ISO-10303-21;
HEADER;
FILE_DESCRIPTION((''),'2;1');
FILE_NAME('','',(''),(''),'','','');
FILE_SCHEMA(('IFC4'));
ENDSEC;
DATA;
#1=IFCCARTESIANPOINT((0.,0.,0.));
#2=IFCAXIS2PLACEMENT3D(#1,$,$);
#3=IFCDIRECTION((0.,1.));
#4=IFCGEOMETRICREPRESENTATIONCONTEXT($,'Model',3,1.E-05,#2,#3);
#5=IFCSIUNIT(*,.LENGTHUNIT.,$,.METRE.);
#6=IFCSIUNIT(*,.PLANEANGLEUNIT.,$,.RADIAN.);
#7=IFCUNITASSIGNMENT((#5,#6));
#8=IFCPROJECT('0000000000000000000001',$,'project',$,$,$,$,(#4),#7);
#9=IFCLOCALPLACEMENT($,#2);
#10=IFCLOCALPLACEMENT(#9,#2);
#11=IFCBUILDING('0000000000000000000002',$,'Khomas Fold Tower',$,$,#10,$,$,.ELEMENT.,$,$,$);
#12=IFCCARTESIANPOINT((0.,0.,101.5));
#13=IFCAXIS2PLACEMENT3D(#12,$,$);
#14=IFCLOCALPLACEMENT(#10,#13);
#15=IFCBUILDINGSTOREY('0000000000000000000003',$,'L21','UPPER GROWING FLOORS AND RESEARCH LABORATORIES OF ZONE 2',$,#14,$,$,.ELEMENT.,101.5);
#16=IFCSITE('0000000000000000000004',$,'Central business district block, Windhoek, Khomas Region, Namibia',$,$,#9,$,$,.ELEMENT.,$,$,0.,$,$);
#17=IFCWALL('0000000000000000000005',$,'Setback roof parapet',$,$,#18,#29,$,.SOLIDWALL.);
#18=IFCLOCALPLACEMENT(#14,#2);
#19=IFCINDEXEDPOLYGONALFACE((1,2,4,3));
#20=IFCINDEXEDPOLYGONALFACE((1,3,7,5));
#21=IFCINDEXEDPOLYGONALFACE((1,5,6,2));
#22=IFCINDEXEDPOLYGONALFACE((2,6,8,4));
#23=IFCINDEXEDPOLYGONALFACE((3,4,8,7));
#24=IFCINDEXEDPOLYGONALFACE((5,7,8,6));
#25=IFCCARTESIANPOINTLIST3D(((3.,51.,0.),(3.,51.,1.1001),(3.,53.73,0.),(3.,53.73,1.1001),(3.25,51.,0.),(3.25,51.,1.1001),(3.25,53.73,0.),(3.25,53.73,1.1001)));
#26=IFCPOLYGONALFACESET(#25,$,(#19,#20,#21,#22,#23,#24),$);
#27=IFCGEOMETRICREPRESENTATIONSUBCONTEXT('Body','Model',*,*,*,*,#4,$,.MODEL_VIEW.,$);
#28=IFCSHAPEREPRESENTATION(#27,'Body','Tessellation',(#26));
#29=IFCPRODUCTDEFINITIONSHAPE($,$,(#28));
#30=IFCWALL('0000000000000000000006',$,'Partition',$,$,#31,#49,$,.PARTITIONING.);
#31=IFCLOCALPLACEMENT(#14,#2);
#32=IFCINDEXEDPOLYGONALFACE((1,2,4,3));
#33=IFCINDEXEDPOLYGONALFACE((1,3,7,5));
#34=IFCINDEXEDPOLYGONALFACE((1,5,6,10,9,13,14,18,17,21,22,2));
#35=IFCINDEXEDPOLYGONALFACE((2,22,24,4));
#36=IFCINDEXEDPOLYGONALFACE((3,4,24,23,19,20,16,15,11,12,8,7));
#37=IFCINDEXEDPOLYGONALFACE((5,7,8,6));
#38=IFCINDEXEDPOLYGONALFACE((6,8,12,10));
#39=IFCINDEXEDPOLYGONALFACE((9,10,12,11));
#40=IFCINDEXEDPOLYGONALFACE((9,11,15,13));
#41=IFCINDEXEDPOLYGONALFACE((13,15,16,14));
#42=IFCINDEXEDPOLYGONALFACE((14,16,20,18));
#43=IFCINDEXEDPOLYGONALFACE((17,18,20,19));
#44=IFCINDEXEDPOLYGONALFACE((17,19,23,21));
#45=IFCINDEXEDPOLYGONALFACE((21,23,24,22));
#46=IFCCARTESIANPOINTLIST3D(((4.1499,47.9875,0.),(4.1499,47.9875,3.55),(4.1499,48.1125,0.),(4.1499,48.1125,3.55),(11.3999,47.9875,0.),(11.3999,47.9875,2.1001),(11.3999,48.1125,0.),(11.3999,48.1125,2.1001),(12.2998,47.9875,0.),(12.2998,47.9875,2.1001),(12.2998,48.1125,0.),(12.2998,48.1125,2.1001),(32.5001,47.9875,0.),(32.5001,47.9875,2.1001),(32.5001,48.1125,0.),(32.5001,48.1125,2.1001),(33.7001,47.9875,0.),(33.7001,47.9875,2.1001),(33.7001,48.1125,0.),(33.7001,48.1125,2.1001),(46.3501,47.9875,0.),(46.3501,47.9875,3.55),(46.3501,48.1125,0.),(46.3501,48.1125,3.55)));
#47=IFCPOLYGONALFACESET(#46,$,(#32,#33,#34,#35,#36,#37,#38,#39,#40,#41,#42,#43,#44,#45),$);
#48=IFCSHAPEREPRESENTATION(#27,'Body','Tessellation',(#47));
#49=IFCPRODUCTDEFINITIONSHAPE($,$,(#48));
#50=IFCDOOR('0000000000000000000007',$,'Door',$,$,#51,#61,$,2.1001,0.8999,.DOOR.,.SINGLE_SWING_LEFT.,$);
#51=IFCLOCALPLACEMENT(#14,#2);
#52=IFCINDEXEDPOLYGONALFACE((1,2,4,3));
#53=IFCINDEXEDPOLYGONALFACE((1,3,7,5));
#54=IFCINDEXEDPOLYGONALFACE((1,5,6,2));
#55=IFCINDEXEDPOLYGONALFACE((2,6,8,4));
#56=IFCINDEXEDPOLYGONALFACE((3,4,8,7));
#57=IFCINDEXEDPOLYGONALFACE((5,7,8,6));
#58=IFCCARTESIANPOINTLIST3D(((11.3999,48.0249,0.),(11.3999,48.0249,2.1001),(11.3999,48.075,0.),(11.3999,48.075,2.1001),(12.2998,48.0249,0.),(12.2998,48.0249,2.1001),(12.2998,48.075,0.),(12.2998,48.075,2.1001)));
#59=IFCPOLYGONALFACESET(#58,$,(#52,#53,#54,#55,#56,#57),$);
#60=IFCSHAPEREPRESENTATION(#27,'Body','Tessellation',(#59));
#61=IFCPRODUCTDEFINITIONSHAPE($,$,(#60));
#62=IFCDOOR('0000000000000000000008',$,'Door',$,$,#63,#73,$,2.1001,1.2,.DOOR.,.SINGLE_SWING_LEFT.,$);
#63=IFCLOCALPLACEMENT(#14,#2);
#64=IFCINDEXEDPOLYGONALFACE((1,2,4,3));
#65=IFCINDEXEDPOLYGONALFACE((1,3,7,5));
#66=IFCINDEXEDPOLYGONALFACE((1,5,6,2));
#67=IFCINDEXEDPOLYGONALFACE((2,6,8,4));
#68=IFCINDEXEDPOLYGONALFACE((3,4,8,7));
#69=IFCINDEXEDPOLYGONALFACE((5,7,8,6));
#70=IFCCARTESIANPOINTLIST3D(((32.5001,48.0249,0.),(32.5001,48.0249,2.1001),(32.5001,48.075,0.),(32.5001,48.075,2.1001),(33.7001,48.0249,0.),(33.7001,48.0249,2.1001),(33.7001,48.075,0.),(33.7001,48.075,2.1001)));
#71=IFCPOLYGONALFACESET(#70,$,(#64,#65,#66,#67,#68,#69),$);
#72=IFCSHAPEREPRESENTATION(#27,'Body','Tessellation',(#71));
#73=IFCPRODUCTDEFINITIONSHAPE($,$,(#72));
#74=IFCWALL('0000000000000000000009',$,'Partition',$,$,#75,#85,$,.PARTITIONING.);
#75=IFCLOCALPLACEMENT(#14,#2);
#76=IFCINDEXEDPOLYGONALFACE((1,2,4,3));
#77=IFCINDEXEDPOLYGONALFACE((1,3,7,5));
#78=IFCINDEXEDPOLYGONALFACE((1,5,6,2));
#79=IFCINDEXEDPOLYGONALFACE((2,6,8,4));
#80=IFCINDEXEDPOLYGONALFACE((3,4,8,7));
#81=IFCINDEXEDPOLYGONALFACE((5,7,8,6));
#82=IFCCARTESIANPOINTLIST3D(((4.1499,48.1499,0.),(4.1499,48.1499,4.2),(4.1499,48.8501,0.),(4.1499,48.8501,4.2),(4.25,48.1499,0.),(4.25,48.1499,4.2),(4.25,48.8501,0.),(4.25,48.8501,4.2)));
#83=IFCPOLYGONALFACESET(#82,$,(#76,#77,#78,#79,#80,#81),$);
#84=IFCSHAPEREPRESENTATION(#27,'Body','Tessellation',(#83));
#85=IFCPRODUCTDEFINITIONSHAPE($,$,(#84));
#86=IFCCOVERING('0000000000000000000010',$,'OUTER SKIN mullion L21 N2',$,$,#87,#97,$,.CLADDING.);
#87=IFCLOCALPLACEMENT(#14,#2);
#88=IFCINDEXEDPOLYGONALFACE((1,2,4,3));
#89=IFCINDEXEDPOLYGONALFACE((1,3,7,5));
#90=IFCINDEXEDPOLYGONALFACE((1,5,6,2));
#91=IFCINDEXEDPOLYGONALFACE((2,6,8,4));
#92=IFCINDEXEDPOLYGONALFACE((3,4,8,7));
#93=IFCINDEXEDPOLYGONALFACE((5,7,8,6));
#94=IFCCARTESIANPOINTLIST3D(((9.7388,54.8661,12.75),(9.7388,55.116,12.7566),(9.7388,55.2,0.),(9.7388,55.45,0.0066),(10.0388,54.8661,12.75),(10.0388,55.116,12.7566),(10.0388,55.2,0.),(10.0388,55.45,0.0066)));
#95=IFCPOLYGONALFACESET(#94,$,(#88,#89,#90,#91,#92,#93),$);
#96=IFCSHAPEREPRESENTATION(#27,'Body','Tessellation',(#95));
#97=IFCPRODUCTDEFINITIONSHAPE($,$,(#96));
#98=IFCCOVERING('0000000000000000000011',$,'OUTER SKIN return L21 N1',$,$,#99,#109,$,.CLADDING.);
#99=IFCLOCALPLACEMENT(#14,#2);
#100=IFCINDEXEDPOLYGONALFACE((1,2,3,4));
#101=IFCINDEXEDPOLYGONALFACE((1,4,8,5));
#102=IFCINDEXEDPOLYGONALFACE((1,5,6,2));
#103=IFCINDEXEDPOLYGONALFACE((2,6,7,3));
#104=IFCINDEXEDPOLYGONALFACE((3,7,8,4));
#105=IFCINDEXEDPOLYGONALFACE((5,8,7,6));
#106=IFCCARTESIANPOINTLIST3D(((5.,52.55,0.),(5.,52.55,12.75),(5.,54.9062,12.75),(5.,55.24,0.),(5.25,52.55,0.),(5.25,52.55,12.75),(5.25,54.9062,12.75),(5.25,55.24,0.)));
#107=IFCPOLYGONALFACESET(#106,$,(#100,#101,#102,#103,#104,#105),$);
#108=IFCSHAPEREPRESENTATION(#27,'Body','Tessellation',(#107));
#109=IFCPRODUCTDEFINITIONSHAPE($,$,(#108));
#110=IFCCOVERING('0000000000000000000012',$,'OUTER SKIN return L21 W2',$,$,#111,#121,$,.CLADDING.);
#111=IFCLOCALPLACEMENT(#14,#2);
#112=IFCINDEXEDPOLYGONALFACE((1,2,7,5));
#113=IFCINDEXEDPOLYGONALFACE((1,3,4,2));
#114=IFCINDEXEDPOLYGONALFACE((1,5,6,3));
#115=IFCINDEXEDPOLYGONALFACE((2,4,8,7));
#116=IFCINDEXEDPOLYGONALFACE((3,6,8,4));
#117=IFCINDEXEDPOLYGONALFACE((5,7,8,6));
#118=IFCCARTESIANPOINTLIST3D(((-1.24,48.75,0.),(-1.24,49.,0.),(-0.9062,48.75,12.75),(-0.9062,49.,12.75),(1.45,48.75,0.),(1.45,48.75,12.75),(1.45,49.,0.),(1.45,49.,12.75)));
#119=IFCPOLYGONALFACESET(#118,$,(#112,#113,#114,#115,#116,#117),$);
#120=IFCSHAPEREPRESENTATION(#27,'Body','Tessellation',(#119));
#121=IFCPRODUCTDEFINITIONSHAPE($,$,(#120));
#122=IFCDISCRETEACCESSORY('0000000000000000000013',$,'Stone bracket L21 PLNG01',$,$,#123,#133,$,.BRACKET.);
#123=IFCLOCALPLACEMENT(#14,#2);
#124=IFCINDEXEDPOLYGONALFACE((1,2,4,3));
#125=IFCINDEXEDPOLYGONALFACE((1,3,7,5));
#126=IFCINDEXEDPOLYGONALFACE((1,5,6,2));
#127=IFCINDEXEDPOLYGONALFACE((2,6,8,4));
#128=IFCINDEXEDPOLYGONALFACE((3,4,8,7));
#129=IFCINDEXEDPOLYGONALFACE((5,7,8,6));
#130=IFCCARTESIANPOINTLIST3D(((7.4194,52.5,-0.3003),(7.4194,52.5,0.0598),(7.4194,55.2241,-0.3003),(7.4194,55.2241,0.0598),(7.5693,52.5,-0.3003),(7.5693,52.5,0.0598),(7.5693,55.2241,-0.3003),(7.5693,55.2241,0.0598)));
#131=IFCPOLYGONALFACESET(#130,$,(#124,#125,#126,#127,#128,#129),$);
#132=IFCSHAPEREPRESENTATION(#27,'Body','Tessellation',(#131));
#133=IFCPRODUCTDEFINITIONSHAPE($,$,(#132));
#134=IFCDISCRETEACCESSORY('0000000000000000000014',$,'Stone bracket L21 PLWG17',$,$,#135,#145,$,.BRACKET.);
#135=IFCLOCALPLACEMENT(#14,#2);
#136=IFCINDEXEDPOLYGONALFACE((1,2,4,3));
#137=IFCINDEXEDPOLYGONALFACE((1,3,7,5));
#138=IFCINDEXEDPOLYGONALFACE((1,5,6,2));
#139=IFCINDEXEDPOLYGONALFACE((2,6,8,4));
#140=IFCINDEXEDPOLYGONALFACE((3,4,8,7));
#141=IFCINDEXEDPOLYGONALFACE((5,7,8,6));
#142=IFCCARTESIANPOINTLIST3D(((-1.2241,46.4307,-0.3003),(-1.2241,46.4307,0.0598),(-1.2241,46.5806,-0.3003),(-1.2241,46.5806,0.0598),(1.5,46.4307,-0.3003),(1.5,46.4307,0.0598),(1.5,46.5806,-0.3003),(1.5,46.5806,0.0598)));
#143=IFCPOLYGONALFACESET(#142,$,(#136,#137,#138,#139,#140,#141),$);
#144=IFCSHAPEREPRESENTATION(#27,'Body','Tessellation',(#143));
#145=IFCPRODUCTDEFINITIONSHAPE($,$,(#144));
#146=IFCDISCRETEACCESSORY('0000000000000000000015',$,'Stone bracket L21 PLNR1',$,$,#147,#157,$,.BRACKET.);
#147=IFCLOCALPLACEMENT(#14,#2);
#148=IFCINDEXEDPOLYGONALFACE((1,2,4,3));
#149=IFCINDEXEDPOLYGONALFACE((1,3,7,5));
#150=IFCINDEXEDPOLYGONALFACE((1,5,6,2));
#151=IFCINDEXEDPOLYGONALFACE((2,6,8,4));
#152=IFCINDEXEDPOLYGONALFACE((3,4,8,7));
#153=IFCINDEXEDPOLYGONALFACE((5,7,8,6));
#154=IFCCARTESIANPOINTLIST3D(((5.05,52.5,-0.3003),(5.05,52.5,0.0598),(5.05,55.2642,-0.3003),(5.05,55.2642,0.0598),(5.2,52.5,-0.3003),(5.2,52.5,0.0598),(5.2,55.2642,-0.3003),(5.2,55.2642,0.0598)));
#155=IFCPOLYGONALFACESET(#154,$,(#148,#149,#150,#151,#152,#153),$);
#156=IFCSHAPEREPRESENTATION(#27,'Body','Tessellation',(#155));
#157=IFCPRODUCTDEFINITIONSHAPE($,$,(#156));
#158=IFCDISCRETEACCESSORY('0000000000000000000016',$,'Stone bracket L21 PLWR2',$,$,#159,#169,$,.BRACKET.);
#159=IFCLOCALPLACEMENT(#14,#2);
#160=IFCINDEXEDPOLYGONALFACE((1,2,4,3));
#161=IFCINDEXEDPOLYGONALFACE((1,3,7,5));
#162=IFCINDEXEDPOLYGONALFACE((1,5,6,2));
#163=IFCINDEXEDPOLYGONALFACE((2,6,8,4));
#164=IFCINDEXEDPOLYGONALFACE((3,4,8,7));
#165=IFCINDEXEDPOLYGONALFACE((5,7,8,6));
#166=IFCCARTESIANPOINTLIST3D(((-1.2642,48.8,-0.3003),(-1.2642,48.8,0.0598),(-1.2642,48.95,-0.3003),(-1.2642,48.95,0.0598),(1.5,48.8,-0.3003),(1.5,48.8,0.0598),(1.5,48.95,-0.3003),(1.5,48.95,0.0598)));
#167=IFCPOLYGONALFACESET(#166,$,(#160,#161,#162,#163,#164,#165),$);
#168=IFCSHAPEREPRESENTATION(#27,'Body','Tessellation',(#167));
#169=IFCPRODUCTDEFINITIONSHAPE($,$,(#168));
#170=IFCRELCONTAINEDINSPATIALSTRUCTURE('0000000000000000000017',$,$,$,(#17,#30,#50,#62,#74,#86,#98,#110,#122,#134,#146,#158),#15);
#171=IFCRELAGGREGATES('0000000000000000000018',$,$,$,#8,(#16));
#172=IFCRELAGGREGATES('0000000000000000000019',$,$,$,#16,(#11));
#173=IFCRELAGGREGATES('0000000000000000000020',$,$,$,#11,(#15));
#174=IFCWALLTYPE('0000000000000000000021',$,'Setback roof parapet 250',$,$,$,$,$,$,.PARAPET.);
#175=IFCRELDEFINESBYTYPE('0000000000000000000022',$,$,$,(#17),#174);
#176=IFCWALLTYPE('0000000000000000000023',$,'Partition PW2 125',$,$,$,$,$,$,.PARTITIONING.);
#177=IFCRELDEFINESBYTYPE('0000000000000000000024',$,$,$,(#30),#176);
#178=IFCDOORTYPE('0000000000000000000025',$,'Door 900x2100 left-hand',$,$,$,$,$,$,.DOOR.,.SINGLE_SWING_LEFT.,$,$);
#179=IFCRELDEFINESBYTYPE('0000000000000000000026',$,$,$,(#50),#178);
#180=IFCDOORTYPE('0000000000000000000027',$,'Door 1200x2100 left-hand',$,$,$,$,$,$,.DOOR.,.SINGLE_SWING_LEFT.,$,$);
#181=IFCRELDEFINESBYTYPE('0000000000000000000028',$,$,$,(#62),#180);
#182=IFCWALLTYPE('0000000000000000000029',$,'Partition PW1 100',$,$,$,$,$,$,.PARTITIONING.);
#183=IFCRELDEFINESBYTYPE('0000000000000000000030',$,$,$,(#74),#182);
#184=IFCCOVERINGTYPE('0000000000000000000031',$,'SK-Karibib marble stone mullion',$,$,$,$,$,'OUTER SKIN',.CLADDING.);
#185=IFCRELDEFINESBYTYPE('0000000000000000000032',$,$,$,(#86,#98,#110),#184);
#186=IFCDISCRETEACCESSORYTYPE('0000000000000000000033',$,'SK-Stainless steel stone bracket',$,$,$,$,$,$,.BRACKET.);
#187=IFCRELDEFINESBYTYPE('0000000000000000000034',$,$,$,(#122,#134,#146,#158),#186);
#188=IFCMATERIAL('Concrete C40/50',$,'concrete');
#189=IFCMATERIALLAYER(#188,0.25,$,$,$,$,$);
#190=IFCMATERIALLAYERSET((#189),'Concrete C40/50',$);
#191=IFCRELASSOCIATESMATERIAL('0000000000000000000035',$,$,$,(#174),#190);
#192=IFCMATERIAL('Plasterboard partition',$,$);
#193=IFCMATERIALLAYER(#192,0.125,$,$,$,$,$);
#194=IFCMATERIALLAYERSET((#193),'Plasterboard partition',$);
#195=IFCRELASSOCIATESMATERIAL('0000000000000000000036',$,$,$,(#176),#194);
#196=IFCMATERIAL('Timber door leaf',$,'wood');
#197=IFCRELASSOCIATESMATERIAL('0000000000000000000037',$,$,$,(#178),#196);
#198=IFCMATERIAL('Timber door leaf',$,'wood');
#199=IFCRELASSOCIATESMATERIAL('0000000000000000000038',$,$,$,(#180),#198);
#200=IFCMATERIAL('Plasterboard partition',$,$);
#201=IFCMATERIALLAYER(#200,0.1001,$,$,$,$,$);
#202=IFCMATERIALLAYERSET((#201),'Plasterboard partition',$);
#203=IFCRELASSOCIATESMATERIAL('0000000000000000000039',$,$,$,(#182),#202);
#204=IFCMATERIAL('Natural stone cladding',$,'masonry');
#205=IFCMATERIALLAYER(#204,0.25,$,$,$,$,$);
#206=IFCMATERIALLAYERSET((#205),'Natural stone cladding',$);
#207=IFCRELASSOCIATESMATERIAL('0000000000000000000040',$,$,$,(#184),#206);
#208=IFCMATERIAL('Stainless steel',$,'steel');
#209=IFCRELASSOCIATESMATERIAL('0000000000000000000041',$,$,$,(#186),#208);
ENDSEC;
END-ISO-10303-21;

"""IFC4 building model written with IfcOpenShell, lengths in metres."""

from ifc_helpers import new_model, si_unit, direction, frame, frame_2d, origin, origin_2d, place, context, subcontext, project, spatial, polyline, rectangle, outline, extrude, source, transform, mapped, material, layer, layer_set, type_object, element, fill, save


model = new_model("IFC4")

# Units and contexts
model_context = context("Model", 3, precision=1e-05, world=origin(), true_north=direction((0.0, 1.0)))
body_context = subcontext(model_context, "Body", "Model", "MODEL_VIEW")
ifc_project = project(units=[si_unit("LENGTHUNIT", "METRE"), si_unit("PLANEANGLEUNIT", "RADIAN")], contexts=[model_context])

# Site, building, storey
site_placement = place(None, origin())
site = spatial("IfcSite", under=ifc_project, at=site_placement, Name="Central business district block, Windhoek, Khomas Region, Namibia", CompositionType="ELEMENT", RefElevation=0.0)
building_placement = place(site_placement, origin())
building = spatial("IfcBuilding", under=site, at=building_placement, Name="Khomas Fold Tower", CompositionType="ELEMENT")
storey_placement = place(building_placement, frame((0.0, 0.0, 101.5)))
storey = spatial("IfcBuildingStorey", under=building, at=storey_placement, Name="L21", Description="UPPER GROWING FLOORS AND RESEARCH LABORATORIES OF ZONE 2", CompositionType="ELEMENT", Elevation=101.5)

# Wall
ifc_material_1 = material(Name="Concrete C40/50", Category="concrete")
ifc_layer_1 = layer(ifc_material_1, 0.25)
ifc_layer_set_1 = layer_set([ifc_layer_1], Name="Concrete C40/50")
wall_type_1 = type_object("IfcWallType", Name="Setback roof parapet 250", PredefinedType="PARAPET", material=ifc_layer_set_1)
shared_shape_1 = source(origin(), body_context, "Body", "SweptSolid", [
    extrude(rectangle(XDim=2.73, YDim=0.25, at=frame_2d((1.365, 0.0))), origin(), (0.0, 0.0, 1.0), 1.1001),
])
wall_1_placement = place(storey_placement, frame((3.125, 53.73, 0.0), z_axis=(0.0, 0.0, 1.0), x_axis=(0.0, -1.0, 0.0)))
element("IfcWall", 1, at=wall_1_placement, inside=storey, type_object=wall_type_1, Name="Setback roof parapet", PredefinedType="SOLIDWALL", context=body_context, shape_type="MappedRepresentation", body=[
    mapped(shared_shape_1, transform((0.0, 0.0, 0.0))),
])

# Wall, openings, doors
ifc_material_2 = material(Name="Plasterboard partition")
ifc_layer_2 = layer(ifc_material_2, 0.125)
ifc_layer_set_2 = layer_set([ifc_layer_2], Name="Plasterboard partition")
wall_type_2 = type_object("IfcWallType", Name="Partition PW2 125", PredefinedType="PARTITIONING", material=ifc_layer_set_2)
shared_shape_2 = source(origin(), body_context, "Body", "SweptSolid", [
    extrude(rectangle(XDim=42.2002, YDim=0.125, at=frame_2d((21.1001, 0.0))), origin(), (0.0, 0.0, 1.0), 3.55),
])
wall_2_placement = place(storey_placement, frame((4.1499, 48.05, 0.0), z_axis=(0.0, 0.0, 1.0), x_axis=(1.0, 0.0, 0.0)))
wall_2 = element("IfcWall", 2, at=wall_2_placement, inside=storey, type_object=wall_type_2, Name="Partition", PredefinedType="PARTITIONING", context=body_context, shape_type="MappedRepresentation", body=[
    mapped(shared_shape_2, transform((0.0, 0.0, 0.0))),
])
shared_shape_3 = source(origin(), body_context, "Body", "SweptSolid", [
    extrude(rectangle(XDim=0.8999, YDim=2.1001, at=frame_2d((0.45, 1.05))), frame((0.0, 0.0725, 0.0), z_axis=(0.0, -1.0, 0.0), x_axis=(1.0, 0.0, 0.0)), (0.0, 0.0, 1.0), 0.145),
])
opening_1_placement = place(wall_2_placement, frame((7.25, 0.0, 0.0)))
opening_1 = element("IfcOpeningElement", 3, at=opening_1_placement, cuts=wall_2, PredefinedType="OPENING", context=body_context, shape_type="MappedRepresentation", body=[
    mapped(shared_shape_3, transform((0.0, 0.0, 0.0))),
])
shared_shape_4 = source(origin(), body_context, "Body", "SweptSolid", [
    extrude(rectangle(XDim=1.2, YDim=2.1001, at=frame_2d((0.6001, 1.05))), frame((0.0, 0.0725, 0.0), z_axis=(0.0, -1.0, 0.0), x_axis=(1.0, 0.0, 0.0)), (0.0, 0.0, 1.0), 0.145),
])
opening_2_placement = place(wall_2_placement, frame((28.3501, 0.0, 0.0)))
opening_2 = element("IfcOpeningElement", 4, at=opening_2_placement, cuts=wall_2, PredefinedType="OPENING", context=body_context, shape_type="MappedRepresentation", body=[
    mapped(shared_shape_4, transform((0.0, 0.0, 0.0))),
])
ifc_material_3 = material(Name="Timber door leaf", Category="wood")
door_type_1 = type_object("IfcDoorType", Name="Door 900x2100 left-hand", OperationType="SINGLE_SWING_LEFT", PredefinedType="DOOR", material=ifc_material_3)
shared_shape_5 = source(origin(), body_context, "Body", "SweptSolid", [
    extrude(rectangle(XDim=0.8999, YDim=2.1001, at=frame_2d((0.45, 1.05))), frame((0.0, 0.0249, 0.0), z_axis=(0.0, -1.0, 0.0), x_axis=(1.0, 0.0, 0.0)), (0.0, 0.0, 1.0), 0.05),
])
door_1_placement = place(opening_1_placement, origin())
door_1 = element("IfcDoor", 5, at=door_1_placement, inside=storey, type_object=door_type_1, Name="Door", OperationType="SINGLE_SWING_LEFT", OverallHeight=2.1001, OverallWidth=0.8999, PredefinedType="DOOR", context=body_context, shape_type="MappedRepresentation", body=[
    mapped(shared_shape_5, transform((0.0, 0.0, 0.0))),
])
fill(opening_1, door_1)
ifc_material_4 = material(Name="Timber door leaf", Category="wood")
door_type_2 = type_object("IfcDoorType", Name="Door 1200x2100 left-hand", OperationType="SINGLE_SWING_LEFT", PredefinedType="DOOR", material=ifc_material_4)
shared_shape_6 = source(origin(), body_context, "Body", "SweptSolid", [
    extrude(rectangle(XDim=1.2, YDim=2.1001, at=frame_2d((0.6001, 1.05))), frame((0.0, 0.0249, 0.0), z_axis=(0.0, -1.0, 0.0), x_axis=(1.0, 0.0, 0.0)), (0.0, 0.0, 1.0), 0.05),
])
door_2_placement = place(opening_2_placement, origin())
door_2 = element("IfcDoor", 6, at=door_2_placement, inside=storey, type_object=door_type_2, Name="Door", OperationType="SINGLE_SWING_LEFT", OverallHeight=2.1001, OverallWidth=1.2, PredefinedType="DOOR", context=body_context, shape_type="MappedRepresentation", body=[
    mapped(shared_shape_6, transform((0.0, 0.0, 0.0))),
])
fill(opening_2, door_2)

# Wall
ifc_material_5 = material(Name="Plasterboard partition")
ifc_layer_3 = layer(ifc_material_5, 0.1001)
ifc_layer_set_3 = layer_set([ifc_layer_3], Name="Plasterboard partition")
wall_type_3 = type_object("IfcWallType", Name="Partition PW1 100", PredefinedType="PARTITIONING", material=ifc_layer_set_3)
shared_shape_7 = source(origin(), body_context, "Body", "SweptSolid", [
    extrude(rectangle(XDim=0.7002, YDim=0.1001, at=frame_2d((0.3501, 0.0))), origin(), (0.0, 0.0, 1.0), 4.2),
])
wall_3_placement = place(storey_placement, frame((4.2, 48.1499, 0.0), z_axis=(0.0, 0.0, 1.0), x_axis=(0.0, 1.0, 0.0)))
element("IfcWall", 7, at=wall_3_placement, inside=storey, type_object=wall_type_3, Name="Partition", PredefinedType="PARTITIONING", context=body_context, shape_type="MappedRepresentation", body=[
    mapped(shared_shape_7, transform((0.0, 0.0, 0.0))),
])

# Coverings
ifc_material_6 = material(Name="Natural stone cladding", Category="masonry")
ifc_layer_4 = layer(ifc_material_6, 0.25)
ifc_layer_set_4 = layer_set([ifc_layer_4], Name="Natural stone cladding")
covering_type = type_object("IfcCoveringType", Name="SK-Karibib marble stone mullion", ElementType="OUTER SKIN", PredefinedType="CLADDING", material=ifc_layer_set_4)
covering_1_placement = place(storey_placement, frame((9.7388, 55.45, 0.0066), z_axis=(0.0, 0.999657, 0.026186), x_axis=(1.0, 0.0, 0.0)))
element("IfcCovering", 8, at=covering_1_placement, inside=storey, type_object=covering_type, Name="OUTER SKIN mullion L21 N2", PredefinedType="CLADDING", context=body_context, shape_type="SweptSolid", body=[
    extrude(outline(polyline([(0.0, 0.0), (0.3, 0.0), (0.3, -12.7544), (0.0, -12.7544), (0.0, 0.0)])), origin(), (0.0, 0.0, -1.0), 0.25),
])
covering_2_placement = place(storey_placement, frame((5.0, 52.55, 12.75), z_axis=(-1.0, 0.0, 0.0), x_axis=(0.0, 1.0, 0.0)))
element("IfcCovering", 9, at=covering_2_placement, inside=storey, type_object=covering_type, Name="OUTER SKIN return L21 N1", PredefinedType="CLADDING", context=body_context, shape_type="SweptSolid", body=[
    extrude(outline(polyline([(0.0, 0.0), (2.3562, 0.0), (2.6899, 12.75), (0.0, 12.75), (0.0, 0.0)])), origin(), (0.0, 0.0, -1.0), 0.25),
])
covering_3_placement = place(storey_placement, frame((1.45, 49.0, 0.0), z_axis=(0.0, 1.0, 0.0), x_axis=(-1.0, 0.0, 0.0)))
element("IfcCovering", 10, at=covering_3_placement, inside=storey, type_object=covering_type, Name="OUTER SKIN return L21 W2", PredefinedType="CLADDING", context=body_context, shape_type="SweptSolid", body=[
    extrude(outline(polyline([(0.0, 0.0), (2.6899, 0.0), (2.3562, 12.75), (0.0, 12.75), (0.0, 0.0)])), origin(), (0.0, 0.0, -1.0), 0.25),
])

# Discrete accessories
ifc_material_7 = material(Name="Stainless steel", Category="steel")
discrete_accessory_type = type_object("IfcDiscreteAccessoryType", Name="SK-Stainless steel stone bracket", PredefinedType="BRACKET", material=ifc_material_7)
shared_shape_8 = source(origin(), body_context, "Body", "SweptSolid", [
    extrude(rectangle(XDim=2.7241, YDim=0.1499, at=origin_2d()), origin(), (0.0, 0.0, 1.0), 0.3601),
])
for number, where, z_axis, x_axis, name in (
    (11, (7.4944, 53.8621, -0.3003), (0.0, 0.0, 1.0), (0.0, 1.0, 0.0), "Stone bracket L21 PLNG01"),
    (12, (0.1379, 46.5056, -0.3003), (0.0, 0.0, 1.0), (-1.0, 0.0, 0.0), "Stone bracket L21 PLWG17"),
):
    element("IfcDiscreteAccessory", number, at=place(storey_placement, frame(where, z_axis=z_axis, x_axis=x_axis)), inside=storey, type_object=discrete_accessory_type, Name=name, PredefinedType="BRACKET", context=body_context, shape_type="MappedRepresentation", body=[
        mapped(shared_shape_8, transform((0.0, 0.0, 0.0))),
    ])
shared_shape_9 = source(origin(), body_context, "Body", "SweptSolid", [
    extrude(rectangle(XDim=2.7642, YDim=0.1499, at=origin_2d()), origin(), (0.0, 0.0, 1.0), 0.3601),
])
for number, where, z_axis, x_axis, name in (
    (13, (5.125, 53.8821, -0.3003), (0.0, 0.0, 1.0), (0.0, 1.0, 0.0), "Stone bracket L21 PLNR1"),
    (14, (0.1179, 48.875, -0.3003), (0.0, 0.0, 1.0), (-1.0, 0.0, 0.0), "Stone bracket L21 PLWR2"),
):
    element("IfcDiscreteAccessory", number, at=place(storey_placement, frame(where, z_axis=z_axis, x_axis=x_axis)), inside=storey, type_object=discrete_accessory_type, Name=name, PredefinedType="BRACKET", context=body_context, shape_type="MappedRepresentation", body=[
        mapped(shared_shape_9, transform((0.0, 0.0, 0.0))),
    ])

save(model, "model.ifc")
